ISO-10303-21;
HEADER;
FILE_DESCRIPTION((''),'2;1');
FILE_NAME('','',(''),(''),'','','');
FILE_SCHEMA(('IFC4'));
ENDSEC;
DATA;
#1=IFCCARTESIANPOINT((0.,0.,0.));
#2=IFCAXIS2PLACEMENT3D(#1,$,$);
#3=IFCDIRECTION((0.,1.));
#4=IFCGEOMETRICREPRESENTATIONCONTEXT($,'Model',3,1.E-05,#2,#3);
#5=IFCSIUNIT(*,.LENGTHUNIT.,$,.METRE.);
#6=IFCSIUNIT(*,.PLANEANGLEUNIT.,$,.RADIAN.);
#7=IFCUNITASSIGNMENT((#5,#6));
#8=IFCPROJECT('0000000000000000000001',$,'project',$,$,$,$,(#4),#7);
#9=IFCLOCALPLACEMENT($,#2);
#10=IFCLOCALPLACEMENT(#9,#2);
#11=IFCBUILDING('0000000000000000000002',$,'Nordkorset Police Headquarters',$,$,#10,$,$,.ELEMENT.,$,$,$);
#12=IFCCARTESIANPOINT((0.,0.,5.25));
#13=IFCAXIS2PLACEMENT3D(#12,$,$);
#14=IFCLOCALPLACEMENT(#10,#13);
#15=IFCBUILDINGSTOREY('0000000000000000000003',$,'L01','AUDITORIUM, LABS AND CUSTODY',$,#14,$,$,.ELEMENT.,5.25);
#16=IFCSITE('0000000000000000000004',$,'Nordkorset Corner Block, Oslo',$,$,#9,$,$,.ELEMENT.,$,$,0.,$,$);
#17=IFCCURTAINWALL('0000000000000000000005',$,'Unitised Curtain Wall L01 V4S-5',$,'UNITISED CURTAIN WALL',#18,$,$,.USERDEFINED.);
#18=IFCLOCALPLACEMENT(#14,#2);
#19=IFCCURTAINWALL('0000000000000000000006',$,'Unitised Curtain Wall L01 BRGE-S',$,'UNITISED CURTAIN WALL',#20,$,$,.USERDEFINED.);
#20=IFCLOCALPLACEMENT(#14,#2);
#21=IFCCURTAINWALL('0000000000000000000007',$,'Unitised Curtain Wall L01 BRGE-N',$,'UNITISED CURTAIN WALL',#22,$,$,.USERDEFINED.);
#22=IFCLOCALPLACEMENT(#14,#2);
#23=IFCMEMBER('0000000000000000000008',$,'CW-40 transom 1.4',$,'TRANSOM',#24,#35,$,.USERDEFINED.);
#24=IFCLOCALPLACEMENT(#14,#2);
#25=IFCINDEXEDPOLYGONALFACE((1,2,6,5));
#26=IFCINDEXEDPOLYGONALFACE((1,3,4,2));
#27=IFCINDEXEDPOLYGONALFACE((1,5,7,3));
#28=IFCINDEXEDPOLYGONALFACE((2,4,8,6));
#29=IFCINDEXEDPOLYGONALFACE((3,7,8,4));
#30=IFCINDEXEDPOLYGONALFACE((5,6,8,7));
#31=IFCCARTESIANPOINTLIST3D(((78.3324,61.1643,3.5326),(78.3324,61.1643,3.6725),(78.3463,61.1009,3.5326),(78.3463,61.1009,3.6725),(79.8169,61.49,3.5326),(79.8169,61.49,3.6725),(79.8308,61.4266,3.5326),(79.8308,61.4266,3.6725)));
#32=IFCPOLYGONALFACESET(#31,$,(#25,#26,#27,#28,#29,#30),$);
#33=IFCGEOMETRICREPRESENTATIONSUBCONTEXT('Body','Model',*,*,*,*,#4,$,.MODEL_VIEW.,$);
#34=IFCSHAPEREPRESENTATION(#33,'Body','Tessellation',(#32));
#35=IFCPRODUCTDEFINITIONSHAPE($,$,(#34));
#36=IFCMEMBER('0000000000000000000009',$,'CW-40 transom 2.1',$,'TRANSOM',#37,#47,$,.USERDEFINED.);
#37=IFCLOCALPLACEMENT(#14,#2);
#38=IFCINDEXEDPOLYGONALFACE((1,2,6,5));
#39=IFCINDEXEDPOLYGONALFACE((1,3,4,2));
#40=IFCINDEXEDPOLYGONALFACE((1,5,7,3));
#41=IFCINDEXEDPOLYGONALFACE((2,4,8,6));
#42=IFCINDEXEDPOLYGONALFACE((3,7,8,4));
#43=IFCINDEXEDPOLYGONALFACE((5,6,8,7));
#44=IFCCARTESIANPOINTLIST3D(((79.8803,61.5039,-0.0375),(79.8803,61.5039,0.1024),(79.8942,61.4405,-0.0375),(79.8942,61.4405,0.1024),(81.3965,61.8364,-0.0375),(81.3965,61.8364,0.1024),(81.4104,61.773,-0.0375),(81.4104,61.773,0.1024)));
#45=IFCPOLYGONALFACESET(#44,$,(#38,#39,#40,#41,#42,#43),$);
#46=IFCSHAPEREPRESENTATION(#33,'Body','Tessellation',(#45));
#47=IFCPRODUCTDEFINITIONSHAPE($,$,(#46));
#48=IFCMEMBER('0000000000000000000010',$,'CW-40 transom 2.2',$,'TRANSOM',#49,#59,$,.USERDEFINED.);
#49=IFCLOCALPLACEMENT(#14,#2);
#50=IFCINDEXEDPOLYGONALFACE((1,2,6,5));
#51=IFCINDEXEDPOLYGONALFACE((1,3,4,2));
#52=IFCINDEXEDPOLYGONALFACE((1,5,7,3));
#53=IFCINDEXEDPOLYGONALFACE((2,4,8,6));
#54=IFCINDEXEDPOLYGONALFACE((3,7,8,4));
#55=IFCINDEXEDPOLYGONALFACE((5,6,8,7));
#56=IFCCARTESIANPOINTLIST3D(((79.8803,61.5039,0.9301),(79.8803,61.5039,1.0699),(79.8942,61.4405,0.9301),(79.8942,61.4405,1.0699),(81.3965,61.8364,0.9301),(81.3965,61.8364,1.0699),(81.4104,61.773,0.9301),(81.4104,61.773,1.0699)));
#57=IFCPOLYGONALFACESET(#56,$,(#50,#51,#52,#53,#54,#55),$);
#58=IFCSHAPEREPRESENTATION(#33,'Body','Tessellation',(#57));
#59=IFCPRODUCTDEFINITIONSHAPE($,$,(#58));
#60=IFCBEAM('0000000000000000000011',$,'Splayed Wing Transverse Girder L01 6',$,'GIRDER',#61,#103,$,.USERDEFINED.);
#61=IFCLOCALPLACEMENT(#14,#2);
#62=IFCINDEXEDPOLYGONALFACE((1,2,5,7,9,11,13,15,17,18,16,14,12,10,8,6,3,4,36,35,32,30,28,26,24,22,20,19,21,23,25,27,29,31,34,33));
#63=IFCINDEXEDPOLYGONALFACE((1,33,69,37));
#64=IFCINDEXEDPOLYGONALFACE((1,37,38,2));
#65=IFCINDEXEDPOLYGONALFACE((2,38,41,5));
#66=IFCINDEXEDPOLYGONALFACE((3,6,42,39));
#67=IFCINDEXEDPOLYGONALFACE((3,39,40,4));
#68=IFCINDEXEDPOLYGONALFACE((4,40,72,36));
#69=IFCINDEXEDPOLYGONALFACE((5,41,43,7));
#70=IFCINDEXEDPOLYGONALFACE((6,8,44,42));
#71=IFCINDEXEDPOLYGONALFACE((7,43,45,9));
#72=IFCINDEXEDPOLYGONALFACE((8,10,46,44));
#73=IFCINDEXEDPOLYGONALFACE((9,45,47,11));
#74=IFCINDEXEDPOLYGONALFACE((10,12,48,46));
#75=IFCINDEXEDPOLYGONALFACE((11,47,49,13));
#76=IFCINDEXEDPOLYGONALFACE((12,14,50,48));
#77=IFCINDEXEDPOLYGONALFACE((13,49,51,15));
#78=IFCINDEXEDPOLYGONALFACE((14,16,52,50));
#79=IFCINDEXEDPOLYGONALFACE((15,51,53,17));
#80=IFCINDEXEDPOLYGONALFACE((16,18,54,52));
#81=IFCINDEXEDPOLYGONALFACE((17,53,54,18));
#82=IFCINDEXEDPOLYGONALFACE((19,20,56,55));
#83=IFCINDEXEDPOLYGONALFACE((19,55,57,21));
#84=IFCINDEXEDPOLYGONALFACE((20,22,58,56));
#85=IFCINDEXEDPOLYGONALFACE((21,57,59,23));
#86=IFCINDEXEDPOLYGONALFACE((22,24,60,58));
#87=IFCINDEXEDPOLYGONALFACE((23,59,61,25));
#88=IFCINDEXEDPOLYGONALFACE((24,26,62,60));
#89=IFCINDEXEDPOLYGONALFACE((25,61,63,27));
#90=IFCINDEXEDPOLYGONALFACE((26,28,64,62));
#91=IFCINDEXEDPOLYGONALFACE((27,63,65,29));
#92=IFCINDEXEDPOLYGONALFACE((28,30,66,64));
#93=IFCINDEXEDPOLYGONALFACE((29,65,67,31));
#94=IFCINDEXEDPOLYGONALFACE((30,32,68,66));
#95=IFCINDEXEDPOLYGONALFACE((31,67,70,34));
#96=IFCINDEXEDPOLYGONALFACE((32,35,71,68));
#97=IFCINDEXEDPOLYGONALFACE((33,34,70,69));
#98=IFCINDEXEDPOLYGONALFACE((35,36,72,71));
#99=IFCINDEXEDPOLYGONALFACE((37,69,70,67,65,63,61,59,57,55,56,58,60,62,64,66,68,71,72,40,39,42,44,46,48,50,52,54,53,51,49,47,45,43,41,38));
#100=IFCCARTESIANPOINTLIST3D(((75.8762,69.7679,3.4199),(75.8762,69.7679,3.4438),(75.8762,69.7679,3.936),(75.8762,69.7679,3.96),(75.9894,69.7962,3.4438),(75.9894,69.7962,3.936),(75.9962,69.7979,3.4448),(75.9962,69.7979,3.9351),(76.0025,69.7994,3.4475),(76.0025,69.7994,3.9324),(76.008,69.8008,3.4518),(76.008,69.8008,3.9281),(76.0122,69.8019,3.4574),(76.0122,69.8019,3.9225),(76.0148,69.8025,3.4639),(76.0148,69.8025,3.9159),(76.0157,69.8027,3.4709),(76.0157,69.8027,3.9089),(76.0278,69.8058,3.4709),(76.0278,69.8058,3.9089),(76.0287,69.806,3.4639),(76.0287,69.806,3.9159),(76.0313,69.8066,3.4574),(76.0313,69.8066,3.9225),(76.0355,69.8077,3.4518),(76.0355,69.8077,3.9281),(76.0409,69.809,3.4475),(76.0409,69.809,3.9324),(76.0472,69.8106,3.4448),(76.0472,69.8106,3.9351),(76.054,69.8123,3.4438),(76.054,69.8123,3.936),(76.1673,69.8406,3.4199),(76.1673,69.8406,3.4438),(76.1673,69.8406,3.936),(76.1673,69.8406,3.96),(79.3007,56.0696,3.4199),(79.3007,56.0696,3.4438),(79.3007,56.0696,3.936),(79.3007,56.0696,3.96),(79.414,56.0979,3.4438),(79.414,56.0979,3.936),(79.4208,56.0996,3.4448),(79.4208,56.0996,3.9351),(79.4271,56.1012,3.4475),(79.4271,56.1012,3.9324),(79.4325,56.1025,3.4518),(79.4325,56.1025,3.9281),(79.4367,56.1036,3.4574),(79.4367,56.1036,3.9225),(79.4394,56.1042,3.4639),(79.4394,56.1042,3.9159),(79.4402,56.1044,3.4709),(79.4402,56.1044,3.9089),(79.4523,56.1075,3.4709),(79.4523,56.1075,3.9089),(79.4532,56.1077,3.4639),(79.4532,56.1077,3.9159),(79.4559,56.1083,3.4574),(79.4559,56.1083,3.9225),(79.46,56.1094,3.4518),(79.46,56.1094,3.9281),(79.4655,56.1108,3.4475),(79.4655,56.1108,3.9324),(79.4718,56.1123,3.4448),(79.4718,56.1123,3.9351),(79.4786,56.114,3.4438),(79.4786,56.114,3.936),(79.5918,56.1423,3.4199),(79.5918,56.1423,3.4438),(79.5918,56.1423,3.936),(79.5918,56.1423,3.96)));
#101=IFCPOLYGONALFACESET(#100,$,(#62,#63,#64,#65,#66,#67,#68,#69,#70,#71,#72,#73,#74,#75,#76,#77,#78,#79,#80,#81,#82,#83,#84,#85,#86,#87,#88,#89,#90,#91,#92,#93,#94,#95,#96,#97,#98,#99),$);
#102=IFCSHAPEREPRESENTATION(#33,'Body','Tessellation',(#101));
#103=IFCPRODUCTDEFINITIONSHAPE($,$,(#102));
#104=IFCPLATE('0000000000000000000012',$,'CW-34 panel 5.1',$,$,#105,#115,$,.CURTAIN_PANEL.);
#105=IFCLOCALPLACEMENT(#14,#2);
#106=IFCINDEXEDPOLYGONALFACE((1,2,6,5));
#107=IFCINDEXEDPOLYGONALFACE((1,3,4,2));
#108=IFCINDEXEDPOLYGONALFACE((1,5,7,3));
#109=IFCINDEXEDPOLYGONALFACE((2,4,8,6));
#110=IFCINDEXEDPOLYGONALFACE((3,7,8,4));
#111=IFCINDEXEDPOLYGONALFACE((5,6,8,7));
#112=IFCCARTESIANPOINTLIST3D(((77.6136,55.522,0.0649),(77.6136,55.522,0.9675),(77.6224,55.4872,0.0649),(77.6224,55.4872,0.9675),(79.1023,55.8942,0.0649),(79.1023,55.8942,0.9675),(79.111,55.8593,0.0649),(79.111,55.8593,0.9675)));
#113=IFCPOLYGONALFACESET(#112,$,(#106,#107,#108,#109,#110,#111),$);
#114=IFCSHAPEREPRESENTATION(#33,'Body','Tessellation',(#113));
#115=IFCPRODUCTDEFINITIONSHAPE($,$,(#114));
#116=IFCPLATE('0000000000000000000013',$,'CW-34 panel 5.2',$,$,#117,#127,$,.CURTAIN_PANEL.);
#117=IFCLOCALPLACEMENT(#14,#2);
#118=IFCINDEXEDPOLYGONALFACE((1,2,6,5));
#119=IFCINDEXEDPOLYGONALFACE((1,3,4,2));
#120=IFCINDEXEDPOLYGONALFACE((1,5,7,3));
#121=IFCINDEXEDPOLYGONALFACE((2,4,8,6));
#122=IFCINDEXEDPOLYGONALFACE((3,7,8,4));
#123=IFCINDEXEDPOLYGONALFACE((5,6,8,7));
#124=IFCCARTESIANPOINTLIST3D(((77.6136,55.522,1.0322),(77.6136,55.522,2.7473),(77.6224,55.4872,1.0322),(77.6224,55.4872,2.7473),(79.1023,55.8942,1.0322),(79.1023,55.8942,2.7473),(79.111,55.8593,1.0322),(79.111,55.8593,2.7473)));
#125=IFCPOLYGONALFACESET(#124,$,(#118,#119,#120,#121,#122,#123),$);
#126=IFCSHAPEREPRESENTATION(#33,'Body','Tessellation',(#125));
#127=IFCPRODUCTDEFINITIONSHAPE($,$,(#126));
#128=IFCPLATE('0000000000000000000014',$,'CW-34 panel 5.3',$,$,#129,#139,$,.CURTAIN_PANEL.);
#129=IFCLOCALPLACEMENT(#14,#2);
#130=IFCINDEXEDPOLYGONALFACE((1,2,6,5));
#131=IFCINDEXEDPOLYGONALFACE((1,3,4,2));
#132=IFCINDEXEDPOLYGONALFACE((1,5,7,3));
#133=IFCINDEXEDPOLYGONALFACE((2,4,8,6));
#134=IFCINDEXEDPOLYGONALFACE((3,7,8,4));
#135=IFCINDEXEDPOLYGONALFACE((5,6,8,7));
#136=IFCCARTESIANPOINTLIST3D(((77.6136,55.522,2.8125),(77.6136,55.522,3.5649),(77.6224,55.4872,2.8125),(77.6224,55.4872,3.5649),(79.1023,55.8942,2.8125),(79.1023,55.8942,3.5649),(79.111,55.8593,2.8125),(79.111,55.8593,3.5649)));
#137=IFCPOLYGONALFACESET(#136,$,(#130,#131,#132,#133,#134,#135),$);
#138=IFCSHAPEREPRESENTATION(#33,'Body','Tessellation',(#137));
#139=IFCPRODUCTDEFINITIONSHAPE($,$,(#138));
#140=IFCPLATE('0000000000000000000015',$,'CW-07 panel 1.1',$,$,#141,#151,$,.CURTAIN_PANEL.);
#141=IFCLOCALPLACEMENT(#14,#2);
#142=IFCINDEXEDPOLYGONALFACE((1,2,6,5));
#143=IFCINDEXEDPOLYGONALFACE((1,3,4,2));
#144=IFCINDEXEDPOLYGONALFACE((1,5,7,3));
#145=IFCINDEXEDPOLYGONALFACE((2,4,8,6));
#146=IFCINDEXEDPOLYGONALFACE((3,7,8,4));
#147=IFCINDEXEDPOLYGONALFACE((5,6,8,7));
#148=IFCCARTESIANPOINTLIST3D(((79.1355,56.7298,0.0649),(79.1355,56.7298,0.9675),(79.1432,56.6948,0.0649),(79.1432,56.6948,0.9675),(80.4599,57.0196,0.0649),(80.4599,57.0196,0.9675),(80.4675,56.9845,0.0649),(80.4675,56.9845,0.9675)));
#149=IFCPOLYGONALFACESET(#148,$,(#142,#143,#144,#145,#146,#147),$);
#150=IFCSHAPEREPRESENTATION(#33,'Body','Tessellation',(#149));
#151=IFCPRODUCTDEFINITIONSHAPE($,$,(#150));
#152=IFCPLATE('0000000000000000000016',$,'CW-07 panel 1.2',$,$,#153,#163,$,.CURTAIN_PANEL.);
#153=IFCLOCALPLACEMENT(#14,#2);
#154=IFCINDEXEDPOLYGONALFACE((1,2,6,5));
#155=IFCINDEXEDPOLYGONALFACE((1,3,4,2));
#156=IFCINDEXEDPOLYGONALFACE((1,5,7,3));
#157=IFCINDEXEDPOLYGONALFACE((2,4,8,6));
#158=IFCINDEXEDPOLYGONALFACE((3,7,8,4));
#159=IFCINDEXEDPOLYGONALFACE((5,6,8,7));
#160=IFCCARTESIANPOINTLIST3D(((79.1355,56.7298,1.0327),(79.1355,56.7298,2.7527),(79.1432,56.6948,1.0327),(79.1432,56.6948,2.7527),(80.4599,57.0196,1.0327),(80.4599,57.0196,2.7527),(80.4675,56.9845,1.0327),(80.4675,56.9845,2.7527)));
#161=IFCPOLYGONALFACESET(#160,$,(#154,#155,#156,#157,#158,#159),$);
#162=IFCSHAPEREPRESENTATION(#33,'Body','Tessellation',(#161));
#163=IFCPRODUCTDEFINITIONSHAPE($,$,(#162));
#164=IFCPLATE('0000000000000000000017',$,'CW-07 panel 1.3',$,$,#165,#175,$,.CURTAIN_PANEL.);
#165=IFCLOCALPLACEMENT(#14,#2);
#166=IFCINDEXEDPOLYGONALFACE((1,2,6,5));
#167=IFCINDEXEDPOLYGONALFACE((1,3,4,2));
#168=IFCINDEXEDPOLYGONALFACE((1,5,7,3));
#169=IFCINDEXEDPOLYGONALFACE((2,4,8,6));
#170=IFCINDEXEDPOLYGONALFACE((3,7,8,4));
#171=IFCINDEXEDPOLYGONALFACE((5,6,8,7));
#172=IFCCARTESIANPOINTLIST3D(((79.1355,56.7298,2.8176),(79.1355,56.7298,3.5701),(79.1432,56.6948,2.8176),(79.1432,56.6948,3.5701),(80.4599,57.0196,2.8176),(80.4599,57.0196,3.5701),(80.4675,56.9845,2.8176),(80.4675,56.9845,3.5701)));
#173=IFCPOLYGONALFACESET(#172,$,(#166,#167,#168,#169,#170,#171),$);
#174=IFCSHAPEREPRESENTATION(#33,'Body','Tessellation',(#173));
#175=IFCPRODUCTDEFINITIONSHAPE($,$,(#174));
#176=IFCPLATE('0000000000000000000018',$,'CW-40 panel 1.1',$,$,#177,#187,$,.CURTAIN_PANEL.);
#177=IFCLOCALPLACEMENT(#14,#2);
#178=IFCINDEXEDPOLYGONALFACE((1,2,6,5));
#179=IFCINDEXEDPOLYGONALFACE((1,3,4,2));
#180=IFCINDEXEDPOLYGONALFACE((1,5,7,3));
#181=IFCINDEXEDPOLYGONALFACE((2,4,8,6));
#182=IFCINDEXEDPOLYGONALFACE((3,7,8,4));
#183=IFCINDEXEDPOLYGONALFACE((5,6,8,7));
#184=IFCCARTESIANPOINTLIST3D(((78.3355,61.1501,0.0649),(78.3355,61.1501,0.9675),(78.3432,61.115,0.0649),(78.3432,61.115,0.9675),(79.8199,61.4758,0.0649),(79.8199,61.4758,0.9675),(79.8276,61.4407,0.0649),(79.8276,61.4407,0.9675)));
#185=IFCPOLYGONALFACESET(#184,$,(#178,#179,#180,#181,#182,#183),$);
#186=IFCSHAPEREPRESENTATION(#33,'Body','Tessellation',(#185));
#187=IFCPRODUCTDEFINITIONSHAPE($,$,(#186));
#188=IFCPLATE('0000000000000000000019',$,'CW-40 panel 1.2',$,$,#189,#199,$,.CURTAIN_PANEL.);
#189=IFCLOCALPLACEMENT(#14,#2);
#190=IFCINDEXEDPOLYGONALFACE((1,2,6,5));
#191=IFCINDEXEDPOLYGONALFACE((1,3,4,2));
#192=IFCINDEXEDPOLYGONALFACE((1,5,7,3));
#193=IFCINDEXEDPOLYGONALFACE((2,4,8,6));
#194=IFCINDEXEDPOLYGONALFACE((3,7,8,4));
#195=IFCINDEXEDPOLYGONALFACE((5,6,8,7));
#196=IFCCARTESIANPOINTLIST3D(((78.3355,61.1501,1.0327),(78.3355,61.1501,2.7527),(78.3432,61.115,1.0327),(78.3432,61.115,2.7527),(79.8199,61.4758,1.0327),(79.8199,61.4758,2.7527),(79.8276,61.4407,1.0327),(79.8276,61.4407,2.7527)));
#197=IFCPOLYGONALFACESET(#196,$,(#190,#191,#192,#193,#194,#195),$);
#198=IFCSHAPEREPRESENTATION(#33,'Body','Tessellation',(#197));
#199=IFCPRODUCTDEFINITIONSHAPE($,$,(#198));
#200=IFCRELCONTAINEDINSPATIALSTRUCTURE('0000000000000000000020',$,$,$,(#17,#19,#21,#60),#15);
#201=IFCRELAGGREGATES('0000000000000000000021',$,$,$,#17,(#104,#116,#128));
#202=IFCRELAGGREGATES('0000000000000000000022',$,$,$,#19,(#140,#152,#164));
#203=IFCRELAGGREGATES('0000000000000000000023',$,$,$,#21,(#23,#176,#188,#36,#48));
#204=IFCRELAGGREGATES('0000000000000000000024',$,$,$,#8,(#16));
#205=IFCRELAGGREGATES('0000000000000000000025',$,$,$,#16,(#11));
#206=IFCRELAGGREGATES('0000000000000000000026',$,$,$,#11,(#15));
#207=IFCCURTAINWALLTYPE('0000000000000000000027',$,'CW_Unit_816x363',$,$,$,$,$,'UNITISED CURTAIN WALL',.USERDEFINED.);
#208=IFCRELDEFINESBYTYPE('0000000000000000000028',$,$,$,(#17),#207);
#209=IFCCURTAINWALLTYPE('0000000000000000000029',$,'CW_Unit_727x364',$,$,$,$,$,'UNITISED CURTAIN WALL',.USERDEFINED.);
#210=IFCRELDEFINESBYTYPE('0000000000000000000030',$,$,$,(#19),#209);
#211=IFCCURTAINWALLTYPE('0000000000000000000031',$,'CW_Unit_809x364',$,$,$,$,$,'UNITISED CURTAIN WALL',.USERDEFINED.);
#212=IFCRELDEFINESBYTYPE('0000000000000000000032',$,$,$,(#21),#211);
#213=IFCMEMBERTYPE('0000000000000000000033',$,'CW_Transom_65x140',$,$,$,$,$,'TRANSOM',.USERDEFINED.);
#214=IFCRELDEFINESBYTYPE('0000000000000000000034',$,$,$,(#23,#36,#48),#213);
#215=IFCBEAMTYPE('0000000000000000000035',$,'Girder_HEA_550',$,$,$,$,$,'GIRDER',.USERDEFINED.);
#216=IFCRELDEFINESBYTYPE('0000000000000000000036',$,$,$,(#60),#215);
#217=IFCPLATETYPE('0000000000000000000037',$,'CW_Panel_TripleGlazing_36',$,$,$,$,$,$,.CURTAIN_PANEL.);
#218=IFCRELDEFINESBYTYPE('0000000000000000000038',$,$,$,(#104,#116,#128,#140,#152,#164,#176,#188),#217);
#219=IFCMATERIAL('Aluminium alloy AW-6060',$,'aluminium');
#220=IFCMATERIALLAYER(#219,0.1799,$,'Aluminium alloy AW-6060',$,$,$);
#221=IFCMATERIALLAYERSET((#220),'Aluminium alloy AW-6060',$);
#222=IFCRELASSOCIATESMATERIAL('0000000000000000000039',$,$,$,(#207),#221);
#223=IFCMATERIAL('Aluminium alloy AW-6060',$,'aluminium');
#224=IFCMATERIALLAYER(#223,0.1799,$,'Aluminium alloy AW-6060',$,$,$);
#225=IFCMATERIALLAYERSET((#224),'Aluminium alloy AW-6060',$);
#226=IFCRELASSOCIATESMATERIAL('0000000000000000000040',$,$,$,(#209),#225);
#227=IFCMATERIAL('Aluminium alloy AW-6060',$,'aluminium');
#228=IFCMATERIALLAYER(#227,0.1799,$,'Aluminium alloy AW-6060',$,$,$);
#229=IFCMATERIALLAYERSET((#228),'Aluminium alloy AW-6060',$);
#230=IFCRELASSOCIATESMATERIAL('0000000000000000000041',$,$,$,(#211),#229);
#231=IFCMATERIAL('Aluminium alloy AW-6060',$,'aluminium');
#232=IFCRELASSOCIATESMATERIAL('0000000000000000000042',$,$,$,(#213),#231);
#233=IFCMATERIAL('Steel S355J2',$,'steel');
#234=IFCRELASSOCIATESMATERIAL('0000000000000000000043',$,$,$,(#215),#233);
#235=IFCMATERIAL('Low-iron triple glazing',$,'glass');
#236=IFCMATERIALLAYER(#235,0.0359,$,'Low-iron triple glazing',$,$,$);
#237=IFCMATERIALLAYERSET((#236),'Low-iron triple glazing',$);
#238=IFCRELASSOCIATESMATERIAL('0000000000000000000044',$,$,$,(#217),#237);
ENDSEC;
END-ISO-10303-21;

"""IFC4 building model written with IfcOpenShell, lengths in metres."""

from ifc_helpers import new_model, si_unit, direction, frame, origin, origin_2d, place, context, subcontext, project, spatial, rectangle, i_section, extrude, material, layer, layer_set, material_profile, profile_set, type_object, element, aggregate, save


model = new_model("IFC4")

# Units and contexts
model_context = context("Model", 3, precision=1e-05, world=origin(), true_north=direction((0.0, 1.0)))
body_context = subcontext(model_context, "Body", "Model", "MODEL_VIEW")
ifc_project = project(units=[si_unit("LENGTHUNIT", "METRE"), si_unit("PLANEANGLEUNIT", "RADIAN")], contexts=[model_context])

# Site, building, storey
site_placement = place(None, origin())
site = spatial("IfcSite", under=ifc_project, at=site_placement, Name="Nordkorset Corner Block, Oslo", CompositionType="ELEMENT", RefElevation=0.0)
building_placement = place(site_placement, origin())
building = spatial("IfcBuilding", under=site, at=building_placement, Name="Nordkorset Police Headquarters", CompositionType="ELEMENT")
storey_placement = place(building_placement, frame((0.0, 0.0, 5.25)))
storey = spatial("IfcBuildingStorey", under=building, at=storey_placement, Name="L01", Description="AUDITORIUM, LABS AND CUSTODY", CompositionType="ELEMENT", Elevation=5.25)

# Curtain wall
ifc_material_1 = material(Name="Aluminium alloy AW-6060", Category="aluminium")
ifc_layer_1 = layer(ifc_material_1, 0.1799, Name="Aluminium alloy AW-6060")
ifc_layer_set_1 = layer_set([ifc_layer_1], Name="Aluminium alloy AW-6060")
curtain_wall_type_1 = type_object("IfcCurtainWallType", Name="CW_Unit_816x363", ElementType="UNITISED CURTAIN WALL", PredefinedType="USERDEFINED", material=ifc_layer_set_1)
curtain_wall_1_placement = place(storey_placement, origin())
curtain_wall_1 = element("IfcCurtainWall", 1, at=curtain_wall_1_placement, inside=storey, type_object=curtain_wall_type_1, Name="Unitised Curtain Wall L01 V4S-5", ObjectType="UNITISED CURTAIN WALL", PredefinedType="USERDEFINED")

# Curtain wall
ifc_material_2 = material(Name="Aluminium alloy AW-6060", Category="aluminium")
ifc_layer_2 = layer(ifc_material_2, 0.1799, Name="Aluminium alloy AW-6060")
ifc_layer_set_2 = layer_set([ifc_layer_2], Name="Aluminium alloy AW-6060")
curtain_wall_type_2 = type_object("IfcCurtainWallType", Name="CW_Unit_727x364", ElementType="UNITISED CURTAIN WALL", PredefinedType="USERDEFINED", material=ifc_layer_set_2)
curtain_wall_2_placement = place(storey_placement, origin())
curtain_wall_2 = element("IfcCurtainWall", 2, at=curtain_wall_2_placement, inside=storey, type_object=curtain_wall_type_2, Name="Unitised Curtain Wall L01 BRGE-S", ObjectType="UNITISED CURTAIN WALL", PredefinedType="USERDEFINED")

# Curtain wall
ifc_material_3 = material(Name="Aluminium alloy AW-6060", Category="aluminium")
ifc_layer_3 = layer(ifc_material_3, 0.1799, Name="Aluminium alloy AW-6060")
ifc_layer_set_3 = layer_set([ifc_layer_3], Name="Aluminium alloy AW-6060")
curtain_wall_type_3 = type_object("IfcCurtainWallType", Name="CW_Unit_809x364", ElementType="UNITISED CURTAIN WALL", PredefinedType="USERDEFINED", material=ifc_layer_set_3)
curtain_wall_3_placement = place(storey_placement, origin())
curtain_wall_3 = element("IfcCurtainWall", 3, at=curtain_wall_3_placement, inside=storey, type_object=curtain_wall_type_3, Name="Unitised Curtain Wall L01 BRGE-N", ObjectType="UNITISED CURTAIN WALL", PredefinedType="USERDEFINED")

# Members
ifc_material_4 = material(Name="Aluminium alloy AW-6060", Category="aluminium")
ifc_material_profile_1 = material_profile(ifc_material_4, rectangle(XDim=0.0649, YDim=0.1399, at=origin_2d()), Name="ALU TRAN 65x140")
ifc_profile_set_1 = profile_set([ifc_material_profile_1], Name="Aluminium alloy AW-6060")
member_type_1 = type_object("IfcMemberType", Name="CW_Transom_65x140", ElementType="TRANSOM", PredefinedType="USERDEFINED", material=ifc_profile_set_1)
member_1_placement = place(storey_placement, frame((78.3394, 61.1326, 3.6025), z_axis=(0.976766, 0.21431, 0.0), x_axis=(-0.21431, 0.976766, 0.0)))
member_1 = element("IfcMember", 4, at=member_1_placement, type_object=member_type_1, Name="CW-40 transom 1.4", ObjectType="TRANSOM", PredefinedType="USERDEFINED", context=body_context, shape_type="SweptSolid", body=[
    extrude(rectangle(XDim=0.0649, YDim=0.1399, at=origin_2d()), origin(), (0.0, 0.0, 1.0), 1.5198),
])
member_2_placement = place(storey_placement, frame((79.8872, 61.4722, 0.0325), z_axis=(0.976783, 0.214232, 0.0), x_axis=(-0.214232, 0.976783, 0.0)))
member_2 = element("IfcMember", 5, at=member_2_placement, type_object=member_type_1, Name="CW-40 transom 2.1", ObjectType="TRANSOM", PredefinedType="USERDEFINED", context=body_context, shape_type="SweptSolid", body=[
    extrude(rectangle(XDim=0.0649, YDim=0.1399, at=origin_2d()), origin(), (0.0, 0.0, 1.0), 1.5522),
])
member_3_placement = place(storey_placement, frame((79.8872, 61.4722, 1.0), z_axis=(0.976783, 0.214232, 0.0), x_axis=(-0.214232, 0.976783, 0.0)))
member_3 = element("IfcMember", 6, at=member_3_placement, type_object=member_type_1, Name="CW-40 transom 2.2", ObjectType="TRANSOM", PredefinedType="USERDEFINED", context=body_context, shape_type="SweptSolid", body=[
    extrude(rectangle(XDim=0.0649, YDim=0.1399, at=origin_2d()), origin(), (0.0, 0.0, 1.0), 1.5522),
])

# Beam
ifc_material_5 = material(Name="Steel S355J2", Category="steel")
ifc_material_profile_2 = material_profile(ifc_material_5, i_section(OverallWidth=0.3, OverallDepth=0.54, WebThickness=0.0125, FlangeThickness=0.0239, FilletRadius=0.0271, at=origin_2d()), Name="HEA 550")
ifc_profile_set_2 = profile_set([ifc_material_profile_2], Name="Steel S355J2")
beam_type = type_object("IfcBeamType", Name="Girder_HEA_550", ElementType="GIRDER", PredefinedType="USERDEFINED", material=ifc_profile_set_2)
beam_placement = place(storey_placement, frame((79.4463, 56.106, 3.6899), z_axis=(-0.242536, 0.970143, 0.0), x_axis=(-0.970143, -0.242536, 0.0)))
element("IfcBeam", 7, at=beam_placement, inside=storey, type_object=beam_type, Name="Splayed Wing Transverse Girder L01 6", ObjectType="GIRDER", PredefinedType="USERDEFINED", context=body_context, shape_type="SweptSolid", body=[
    extrude(i_section(OverallWidth=0.3, OverallDepth=0.54, WebThickness=0.0125, FlangeThickness=0.0239, FilletRadius=0.0271, at=origin_2d()), origin(), (0.0, 0.0, 1.0), 14.1199),
])

# Plates
ifc_material_6 = material(Name="Low-iron triple glazing", Category="glass")
ifc_layer_4 = layer(ifc_material_6, 0.0359, Name="Low-iron triple glazing")
ifc_layer_set_4 = layer_set([ifc_layer_4], Name="Low-iron triple glazing")
plate_type = type_object("IfcPlateType", Name="CW_Panel_TripleGlazing_36", PredefinedType="CURTAIN_PANEL", material=ifc_layer_set_4)
plate_1_placement = place(storey_placement, frame((78.3623, 55.6907, 0.0649), z_axis=(0.0, 0.0, 1.0), x_axis=(0.970143, 0.242536, 0.0)))
plate_1 = element("IfcPlate", 8, at=plate_1_placement, type_object=plate_type, Name="CW-34 panel 5.1", PredefinedType="CURTAIN_PANEL", context=body_context, shape_type="SweptSolid", body=[
    extrude(rectangle(XDim=1.5344, YDim=0.0359, at=origin_2d()), origin(), (0.0, 0.0, 1.0), 0.9026),
])
plate_2_placement = place(storey_placement, frame((78.3623, 55.6907, 1.0322), z_axis=(0.0, 0.0, 1.0), x_axis=(0.970143, 0.242536, 0.0)))
plate_2 = element("IfcPlate", 9, at=plate_2_placement, type_object=plate_type, Name="CW-34 panel 5.2", PredefinedType="CURTAIN_PANEL", context=body_context, shape_type="SweptSolid", body=[
    extrude(rectangle(XDim=1.5344, YDim=0.0359, at=origin_2d()), origin(), (0.0, 0.0, 1.0), 1.7151),
])
plate_3_placement = place(storey_placement, frame((78.3623, 55.6907, 2.8125), z_axis=(0.0, 0.0, 1.0), x_axis=(0.970143, 0.242536, 0.0)))
plate_3 = element("IfcPlate", 10, at=plate_3_placement, type_object=plate_type, Name="CW-34 panel 5.3", PredefinedType="CURTAIN_PANEL", context=body_context, shape_type="SweptSolid", body=[
    extrude(rectangle(XDim=1.5344, YDim=0.0359, at=origin_2d()), origin(), (0.0, 0.0, 1.0), 0.7524),
])
aggregate(curtain_wall_1, [plate_1, plate_2, plate_3])
plate_4_placement = place(storey_placement, frame((79.8015, 56.8572, 0.0649), z_axis=(0.0, 0.0, 1.0), x_axis=(0.976891, 0.213737, 0.0)))
plate_4 = element("IfcPlate", 11, at=plate_4_placement, type_object=plate_type, Name="CW-07 panel 1.1", PredefinedType="CURTAIN_PANEL", context=body_context, shape_type="SweptSolid", body=[
    extrude(rectangle(XDim=1.3557, YDim=0.0359, at=origin_2d()), origin(), (0.0, 0.0, 1.0), 0.9026),
])
plate_5_placement = place(storey_placement, frame((79.8015, 56.8572, 1.0327), z_axis=(0.0, 0.0, 1.0), x_axis=(0.976891, 0.213737, 0.0)))
plate_5 = element("IfcPlate", 12, at=plate_5_placement, type_object=plate_type, Name="CW-07 panel 1.2", PredefinedType="CURTAIN_PANEL", context=body_context, shape_type="SweptSolid", body=[
    extrude(rectangle(XDim=1.3557, YDim=0.0359, at=origin_2d()), origin(), (0.0, 0.0, 1.0), 1.72),
])
plate_6_placement = place(storey_placement, frame((79.8015, 56.8572, 2.8176), z_axis=(0.0, 0.0, 1.0), x_axis=(0.976891, 0.213737, 0.0)))
plate_6 = element("IfcPlate", 13, at=plate_6_placement, type_object=plate_type, Name="CW-07 panel 1.3", PredefinedType="CURTAIN_PANEL", context=body_context, shape_type="SweptSolid", body=[
    extrude(rectangle(XDim=1.3557, YDim=0.0359, at=origin_2d()), origin(), (0.0, 0.0, 1.0), 0.7524),
])
aggregate(curtain_wall_2, [plate_4, plate_5, plate_6])
plate_7_placement = place(storey_placement, frame((79.0815, 61.2954, 0.0649), z_axis=(0.0, 0.0, 1.0), x_axis=(0.976768, 0.214298, 0.0)))
plate_7 = element("IfcPlate", 14, at=plate_7_placement, type_object=plate_type, Name="CW-40 panel 1.1", PredefinedType="CURTAIN_PANEL", context=body_context, shape_type="SweptSolid", body=[
    extrude(rectangle(XDim=1.5198, YDim=0.0359, at=origin_2d()), origin(), (0.0, 0.0, 1.0), 0.9026),
])
plate_8_placement = place(storey_placement, frame((79.0815, 61.2954, 1.0327), z_axis=(0.0, 0.0, 1.0), x_axis=(0.976768, 0.214298, 0.0)))
plate_8 = element("IfcPlate", 15, at=plate_8_placement, type_object=plate_type, Name="CW-40 panel 1.2", PredefinedType="CURTAIN_PANEL", context=body_context, shape_type="SweptSolid", body=[
    extrude(rectangle(XDim=1.5198, YDim=0.0359, at=origin_2d()), origin(), (0.0, 0.0, 1.0), 1.72),
])
aggregate(curtain_wall_3, [member_1, plate_7, plate_8, member_2, member_3])

save(model, "model.ifc")
